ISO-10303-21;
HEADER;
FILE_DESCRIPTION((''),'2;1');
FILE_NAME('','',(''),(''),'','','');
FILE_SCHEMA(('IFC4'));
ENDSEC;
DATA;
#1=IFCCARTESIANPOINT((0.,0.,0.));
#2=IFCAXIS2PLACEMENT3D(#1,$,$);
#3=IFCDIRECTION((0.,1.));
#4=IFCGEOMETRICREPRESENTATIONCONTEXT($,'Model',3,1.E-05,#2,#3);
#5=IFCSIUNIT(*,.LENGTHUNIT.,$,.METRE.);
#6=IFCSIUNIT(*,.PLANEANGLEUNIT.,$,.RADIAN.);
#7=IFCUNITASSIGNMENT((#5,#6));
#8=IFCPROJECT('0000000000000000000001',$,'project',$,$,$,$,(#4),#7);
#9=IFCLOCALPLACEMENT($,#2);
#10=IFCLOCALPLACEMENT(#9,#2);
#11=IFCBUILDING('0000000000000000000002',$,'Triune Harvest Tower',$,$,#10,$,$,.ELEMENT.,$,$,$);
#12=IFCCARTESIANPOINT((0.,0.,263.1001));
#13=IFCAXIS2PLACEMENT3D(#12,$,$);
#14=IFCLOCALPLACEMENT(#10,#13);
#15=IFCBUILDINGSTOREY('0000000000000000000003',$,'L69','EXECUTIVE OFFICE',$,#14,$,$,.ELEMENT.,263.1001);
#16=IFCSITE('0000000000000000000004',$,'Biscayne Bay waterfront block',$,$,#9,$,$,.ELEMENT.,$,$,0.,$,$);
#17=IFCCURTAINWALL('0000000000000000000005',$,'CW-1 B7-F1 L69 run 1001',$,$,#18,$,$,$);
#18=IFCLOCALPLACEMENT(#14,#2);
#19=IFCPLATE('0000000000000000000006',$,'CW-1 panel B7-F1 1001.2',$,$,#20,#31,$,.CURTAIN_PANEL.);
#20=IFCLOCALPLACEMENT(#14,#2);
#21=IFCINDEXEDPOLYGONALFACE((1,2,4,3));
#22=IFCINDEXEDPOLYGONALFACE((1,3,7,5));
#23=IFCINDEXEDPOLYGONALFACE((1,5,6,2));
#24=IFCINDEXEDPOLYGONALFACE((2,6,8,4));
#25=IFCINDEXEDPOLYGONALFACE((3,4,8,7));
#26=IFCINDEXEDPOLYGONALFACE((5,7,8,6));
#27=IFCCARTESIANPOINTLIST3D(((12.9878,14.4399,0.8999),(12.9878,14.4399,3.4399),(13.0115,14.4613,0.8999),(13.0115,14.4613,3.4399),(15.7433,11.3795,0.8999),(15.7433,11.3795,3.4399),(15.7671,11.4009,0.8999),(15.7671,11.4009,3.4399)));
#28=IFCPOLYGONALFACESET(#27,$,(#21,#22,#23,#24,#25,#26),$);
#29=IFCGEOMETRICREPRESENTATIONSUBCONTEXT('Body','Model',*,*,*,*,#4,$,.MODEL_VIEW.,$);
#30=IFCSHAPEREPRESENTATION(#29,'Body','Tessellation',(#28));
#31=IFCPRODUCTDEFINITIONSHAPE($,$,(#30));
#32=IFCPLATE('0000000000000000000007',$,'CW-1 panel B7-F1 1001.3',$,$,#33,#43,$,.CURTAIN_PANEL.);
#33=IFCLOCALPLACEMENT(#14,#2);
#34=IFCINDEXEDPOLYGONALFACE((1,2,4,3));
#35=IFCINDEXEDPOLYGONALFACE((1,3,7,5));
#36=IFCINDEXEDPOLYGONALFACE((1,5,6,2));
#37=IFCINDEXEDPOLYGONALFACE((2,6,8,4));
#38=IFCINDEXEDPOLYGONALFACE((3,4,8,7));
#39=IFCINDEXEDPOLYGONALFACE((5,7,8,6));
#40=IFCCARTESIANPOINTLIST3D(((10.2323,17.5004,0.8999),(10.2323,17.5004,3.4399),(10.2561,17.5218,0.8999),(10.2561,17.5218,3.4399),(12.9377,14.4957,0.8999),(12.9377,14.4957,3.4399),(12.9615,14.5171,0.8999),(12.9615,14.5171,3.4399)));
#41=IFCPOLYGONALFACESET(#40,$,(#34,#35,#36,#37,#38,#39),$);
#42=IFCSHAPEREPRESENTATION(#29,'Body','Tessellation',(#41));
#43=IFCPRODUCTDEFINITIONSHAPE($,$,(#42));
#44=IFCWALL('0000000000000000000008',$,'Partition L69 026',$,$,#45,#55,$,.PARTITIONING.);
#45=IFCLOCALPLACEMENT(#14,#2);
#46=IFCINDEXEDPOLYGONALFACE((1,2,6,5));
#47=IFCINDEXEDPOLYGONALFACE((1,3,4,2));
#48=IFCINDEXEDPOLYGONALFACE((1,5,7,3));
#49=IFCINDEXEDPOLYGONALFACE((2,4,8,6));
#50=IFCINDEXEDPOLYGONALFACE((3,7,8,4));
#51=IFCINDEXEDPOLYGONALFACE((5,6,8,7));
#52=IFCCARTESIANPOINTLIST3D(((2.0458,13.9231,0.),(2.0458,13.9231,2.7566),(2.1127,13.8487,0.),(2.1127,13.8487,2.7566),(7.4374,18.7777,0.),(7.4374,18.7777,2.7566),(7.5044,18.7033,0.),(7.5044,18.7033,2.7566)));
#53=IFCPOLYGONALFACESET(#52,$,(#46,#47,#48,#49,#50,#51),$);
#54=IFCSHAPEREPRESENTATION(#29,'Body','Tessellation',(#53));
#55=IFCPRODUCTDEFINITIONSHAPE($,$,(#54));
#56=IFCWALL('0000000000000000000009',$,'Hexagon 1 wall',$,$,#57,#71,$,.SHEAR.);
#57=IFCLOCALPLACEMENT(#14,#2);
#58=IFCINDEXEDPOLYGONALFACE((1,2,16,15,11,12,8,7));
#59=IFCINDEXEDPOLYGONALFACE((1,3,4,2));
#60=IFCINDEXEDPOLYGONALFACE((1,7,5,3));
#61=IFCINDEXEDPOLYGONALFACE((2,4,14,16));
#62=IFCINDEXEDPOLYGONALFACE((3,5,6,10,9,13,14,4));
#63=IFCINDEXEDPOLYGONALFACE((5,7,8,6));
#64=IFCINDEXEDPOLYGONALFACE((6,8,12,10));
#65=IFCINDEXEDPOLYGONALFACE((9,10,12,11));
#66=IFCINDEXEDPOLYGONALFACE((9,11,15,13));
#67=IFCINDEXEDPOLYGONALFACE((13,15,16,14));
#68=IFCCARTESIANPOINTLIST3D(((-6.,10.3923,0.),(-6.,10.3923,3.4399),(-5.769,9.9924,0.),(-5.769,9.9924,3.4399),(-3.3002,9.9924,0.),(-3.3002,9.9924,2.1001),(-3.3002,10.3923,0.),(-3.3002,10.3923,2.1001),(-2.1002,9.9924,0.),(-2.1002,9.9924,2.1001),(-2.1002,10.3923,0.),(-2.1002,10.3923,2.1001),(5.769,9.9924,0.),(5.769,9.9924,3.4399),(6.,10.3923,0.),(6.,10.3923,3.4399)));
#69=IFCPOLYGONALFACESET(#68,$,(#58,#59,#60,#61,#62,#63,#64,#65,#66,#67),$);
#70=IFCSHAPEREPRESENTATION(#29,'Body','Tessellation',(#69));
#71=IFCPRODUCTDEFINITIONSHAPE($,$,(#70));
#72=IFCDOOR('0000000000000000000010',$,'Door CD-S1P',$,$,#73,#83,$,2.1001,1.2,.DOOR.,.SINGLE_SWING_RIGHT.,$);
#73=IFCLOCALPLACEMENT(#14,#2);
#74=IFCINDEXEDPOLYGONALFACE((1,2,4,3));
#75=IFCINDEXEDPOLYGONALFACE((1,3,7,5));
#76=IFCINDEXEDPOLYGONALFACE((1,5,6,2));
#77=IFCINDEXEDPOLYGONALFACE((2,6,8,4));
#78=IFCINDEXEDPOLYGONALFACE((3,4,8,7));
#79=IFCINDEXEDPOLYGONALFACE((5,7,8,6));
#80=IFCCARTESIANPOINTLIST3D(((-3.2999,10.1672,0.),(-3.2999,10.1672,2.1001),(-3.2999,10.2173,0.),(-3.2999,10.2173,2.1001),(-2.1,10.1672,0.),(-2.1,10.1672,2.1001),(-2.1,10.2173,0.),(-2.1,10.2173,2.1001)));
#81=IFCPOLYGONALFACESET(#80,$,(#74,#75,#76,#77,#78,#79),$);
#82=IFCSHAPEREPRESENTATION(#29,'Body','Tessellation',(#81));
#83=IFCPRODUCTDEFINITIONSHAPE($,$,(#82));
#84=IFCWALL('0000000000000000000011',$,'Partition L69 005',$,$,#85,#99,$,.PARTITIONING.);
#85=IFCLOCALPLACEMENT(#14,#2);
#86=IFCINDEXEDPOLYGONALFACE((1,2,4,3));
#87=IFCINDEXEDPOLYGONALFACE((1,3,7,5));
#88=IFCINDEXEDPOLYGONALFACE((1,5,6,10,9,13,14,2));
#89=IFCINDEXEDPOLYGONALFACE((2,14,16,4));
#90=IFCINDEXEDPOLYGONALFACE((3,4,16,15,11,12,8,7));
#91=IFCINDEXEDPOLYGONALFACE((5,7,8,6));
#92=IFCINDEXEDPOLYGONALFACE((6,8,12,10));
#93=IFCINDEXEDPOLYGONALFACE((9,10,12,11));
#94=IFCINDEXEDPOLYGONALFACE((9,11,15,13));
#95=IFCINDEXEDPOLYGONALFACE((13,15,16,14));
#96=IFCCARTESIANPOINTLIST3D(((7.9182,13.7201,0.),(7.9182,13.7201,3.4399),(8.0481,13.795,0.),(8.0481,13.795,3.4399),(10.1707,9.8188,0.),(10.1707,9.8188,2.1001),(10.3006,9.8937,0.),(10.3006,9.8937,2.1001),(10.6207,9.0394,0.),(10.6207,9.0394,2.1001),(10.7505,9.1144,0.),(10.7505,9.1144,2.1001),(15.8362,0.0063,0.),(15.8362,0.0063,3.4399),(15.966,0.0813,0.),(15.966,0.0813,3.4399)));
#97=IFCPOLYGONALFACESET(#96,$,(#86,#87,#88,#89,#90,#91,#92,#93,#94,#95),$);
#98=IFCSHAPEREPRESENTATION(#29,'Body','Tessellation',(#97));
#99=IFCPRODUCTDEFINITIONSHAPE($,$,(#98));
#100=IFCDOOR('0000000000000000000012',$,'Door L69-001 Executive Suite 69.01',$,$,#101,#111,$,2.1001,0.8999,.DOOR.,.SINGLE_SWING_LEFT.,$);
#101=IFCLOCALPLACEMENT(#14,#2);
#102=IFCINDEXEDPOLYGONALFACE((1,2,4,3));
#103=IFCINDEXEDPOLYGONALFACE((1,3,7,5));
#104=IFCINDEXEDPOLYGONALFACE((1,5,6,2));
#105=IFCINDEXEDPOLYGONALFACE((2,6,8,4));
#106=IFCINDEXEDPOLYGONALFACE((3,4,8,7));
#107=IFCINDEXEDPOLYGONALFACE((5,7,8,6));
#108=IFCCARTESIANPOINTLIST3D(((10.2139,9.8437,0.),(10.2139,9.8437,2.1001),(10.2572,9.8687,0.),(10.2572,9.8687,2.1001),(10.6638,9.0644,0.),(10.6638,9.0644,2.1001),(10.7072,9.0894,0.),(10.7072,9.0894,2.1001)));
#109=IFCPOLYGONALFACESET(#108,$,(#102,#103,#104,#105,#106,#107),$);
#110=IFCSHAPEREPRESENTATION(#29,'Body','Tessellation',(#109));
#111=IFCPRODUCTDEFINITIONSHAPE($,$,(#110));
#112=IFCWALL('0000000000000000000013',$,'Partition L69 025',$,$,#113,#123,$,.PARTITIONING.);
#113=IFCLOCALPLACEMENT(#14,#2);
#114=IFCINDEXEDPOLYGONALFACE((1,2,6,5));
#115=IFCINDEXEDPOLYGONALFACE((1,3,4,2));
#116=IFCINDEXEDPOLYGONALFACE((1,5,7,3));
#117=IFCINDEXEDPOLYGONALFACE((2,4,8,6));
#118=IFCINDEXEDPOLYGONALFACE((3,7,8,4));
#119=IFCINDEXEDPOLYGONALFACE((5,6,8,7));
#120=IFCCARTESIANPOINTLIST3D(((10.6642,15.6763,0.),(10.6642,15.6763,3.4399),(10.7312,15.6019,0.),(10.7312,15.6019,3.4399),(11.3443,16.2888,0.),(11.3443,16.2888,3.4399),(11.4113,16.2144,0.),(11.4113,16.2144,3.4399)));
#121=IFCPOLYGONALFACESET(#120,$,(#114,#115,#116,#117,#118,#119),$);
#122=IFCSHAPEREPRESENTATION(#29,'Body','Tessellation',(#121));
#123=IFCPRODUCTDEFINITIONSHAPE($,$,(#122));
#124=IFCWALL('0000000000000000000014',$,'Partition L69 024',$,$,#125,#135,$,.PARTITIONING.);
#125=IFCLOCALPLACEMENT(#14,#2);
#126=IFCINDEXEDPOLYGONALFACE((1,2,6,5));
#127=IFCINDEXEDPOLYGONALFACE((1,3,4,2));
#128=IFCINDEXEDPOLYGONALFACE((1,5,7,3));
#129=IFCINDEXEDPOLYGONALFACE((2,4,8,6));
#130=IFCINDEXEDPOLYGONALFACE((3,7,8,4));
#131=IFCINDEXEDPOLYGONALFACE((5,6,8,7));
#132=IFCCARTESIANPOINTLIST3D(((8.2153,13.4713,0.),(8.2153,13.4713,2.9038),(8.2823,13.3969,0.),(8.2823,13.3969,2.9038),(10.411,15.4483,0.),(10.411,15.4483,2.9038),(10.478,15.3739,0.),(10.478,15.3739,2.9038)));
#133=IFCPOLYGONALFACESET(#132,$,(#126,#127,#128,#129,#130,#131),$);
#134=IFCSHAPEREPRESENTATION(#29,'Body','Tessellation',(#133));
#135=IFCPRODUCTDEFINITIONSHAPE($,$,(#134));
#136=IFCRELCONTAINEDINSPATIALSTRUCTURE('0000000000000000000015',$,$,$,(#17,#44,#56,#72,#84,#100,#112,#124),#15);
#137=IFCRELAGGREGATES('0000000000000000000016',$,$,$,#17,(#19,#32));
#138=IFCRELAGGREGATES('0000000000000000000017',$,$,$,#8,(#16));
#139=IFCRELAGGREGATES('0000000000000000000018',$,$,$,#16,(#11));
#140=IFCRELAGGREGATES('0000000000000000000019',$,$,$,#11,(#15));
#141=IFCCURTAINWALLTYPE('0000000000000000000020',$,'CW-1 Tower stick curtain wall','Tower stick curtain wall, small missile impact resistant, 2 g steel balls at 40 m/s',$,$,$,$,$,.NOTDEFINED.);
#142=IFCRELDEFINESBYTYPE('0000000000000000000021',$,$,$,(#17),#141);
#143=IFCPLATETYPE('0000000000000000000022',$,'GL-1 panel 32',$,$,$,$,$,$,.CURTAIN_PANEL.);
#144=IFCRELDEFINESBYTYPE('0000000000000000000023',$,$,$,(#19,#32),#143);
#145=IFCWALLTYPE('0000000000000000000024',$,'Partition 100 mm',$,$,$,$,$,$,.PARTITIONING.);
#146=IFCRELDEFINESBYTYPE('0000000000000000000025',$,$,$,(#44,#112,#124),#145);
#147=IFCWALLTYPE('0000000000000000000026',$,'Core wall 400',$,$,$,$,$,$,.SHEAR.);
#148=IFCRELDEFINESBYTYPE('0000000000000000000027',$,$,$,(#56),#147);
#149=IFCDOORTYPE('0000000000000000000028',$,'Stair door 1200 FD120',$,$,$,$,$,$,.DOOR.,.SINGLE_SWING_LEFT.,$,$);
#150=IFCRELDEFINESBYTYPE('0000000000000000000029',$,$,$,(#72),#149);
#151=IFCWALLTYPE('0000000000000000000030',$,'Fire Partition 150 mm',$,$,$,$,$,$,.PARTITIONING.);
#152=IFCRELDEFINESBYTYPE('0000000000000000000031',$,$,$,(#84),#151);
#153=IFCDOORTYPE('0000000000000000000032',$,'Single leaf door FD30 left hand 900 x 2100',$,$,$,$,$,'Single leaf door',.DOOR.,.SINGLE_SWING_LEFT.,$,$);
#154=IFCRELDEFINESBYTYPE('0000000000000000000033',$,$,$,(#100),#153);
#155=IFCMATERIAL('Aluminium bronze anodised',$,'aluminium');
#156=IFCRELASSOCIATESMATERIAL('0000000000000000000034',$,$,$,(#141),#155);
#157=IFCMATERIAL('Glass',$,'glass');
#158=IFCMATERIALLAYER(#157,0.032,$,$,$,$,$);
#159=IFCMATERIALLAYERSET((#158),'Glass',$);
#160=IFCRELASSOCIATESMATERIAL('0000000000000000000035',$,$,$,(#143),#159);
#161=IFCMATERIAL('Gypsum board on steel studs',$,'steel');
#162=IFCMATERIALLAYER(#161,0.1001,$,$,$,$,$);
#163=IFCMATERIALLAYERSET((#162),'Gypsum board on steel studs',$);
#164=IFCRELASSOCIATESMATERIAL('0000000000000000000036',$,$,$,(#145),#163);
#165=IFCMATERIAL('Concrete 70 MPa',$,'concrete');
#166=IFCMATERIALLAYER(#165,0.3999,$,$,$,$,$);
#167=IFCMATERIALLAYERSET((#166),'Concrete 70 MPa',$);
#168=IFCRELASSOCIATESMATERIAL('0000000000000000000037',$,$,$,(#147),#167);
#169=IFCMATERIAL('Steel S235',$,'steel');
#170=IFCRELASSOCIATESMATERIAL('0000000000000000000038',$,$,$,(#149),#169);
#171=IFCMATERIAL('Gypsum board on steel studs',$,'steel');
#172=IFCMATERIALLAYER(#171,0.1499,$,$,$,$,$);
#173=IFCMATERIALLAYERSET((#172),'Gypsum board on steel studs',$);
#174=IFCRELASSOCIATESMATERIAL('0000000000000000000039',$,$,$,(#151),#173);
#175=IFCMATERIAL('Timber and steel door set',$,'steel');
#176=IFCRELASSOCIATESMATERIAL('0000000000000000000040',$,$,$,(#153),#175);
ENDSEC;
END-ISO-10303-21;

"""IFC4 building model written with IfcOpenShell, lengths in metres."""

from ifc_helpers import new_model, si_unit, direction, frame, frame_2d, origin, origin_2d, place, context, subcontext, project, spatial, polyline, rectangle, outline, extrude, source, transform, mapped, material, layer, layer_set, type_object, element, fill, aggregate, save


model = new_model("IFC4")

# Units and contexts
model_context = context("Model", 3, precision=1e-05, world=origin(), true_north=direction((0.0, 1.0)))
body_context = subcontext(model_context, "Body", "Model", "MODEL_VIEW")
ifc_project = project(units=[si_unit("LENGTHUNIT", "METRE"), si_unit("PLANEANGLEUNIT", "RADIAN")], contexts=[model_context])

# Site, building, storey
site_placement = place(None, origin())
site = spatial("IfcSite", under=ifc_project, at=site_placement, Name="Biscayne Bay waterfront block", CompositionType="ELEMENT", RefElevation=0.0)
building_placement = place(site_placement, origin())
building = spatial("IfcBuilding", under=site, at=building_placement, Name="Triune Harvest Tower", CompositionType="ELEMENT")
storey_placement = place(building_placement, frame((0.0, 0.0, 263.1001)))
storey = spatial("IfcBuildingStorey", under=building, at=storey_placement, Name="L69", Description="EXECUTIVE OFFICE", CompositionType="ELEMENT", Elevation=263.1001)

# Curtain wall, plates
ifc_material_1 = material(Name="Aluminium bronze anodised", Category="aluminium")
curtain_wall_type = type_object("IfcCurtainWallType", Name="CW-1 Tower stick curtain wall", Description="Tower stick curtain wall, small missile impact resistant, 2 g steel balls at 40 m/s", PredefinedType="NOTDEFINED", material=ifc_material_1)
curtain_wall_placement = place(storey_placement, origin())
curtain_wall = element("IfcCurtainWall", 1, at=curtain_wall_placement, inside=storey, type_object=curtain_wall_type, Name="CW-1 B7-F1 L69 run 1001")
ifc_material_2 = material(Name="Glass", Category="glass")
ifc_layer_1 = layer(ifc_material_2, 0.032)
ifc_layer_set_1 = layer_set([ifc_layer_1], Name="Glass")
plate_type = type_object("IfcPlateType", Name="GL-1 panel 32", PredefinedType="CURTAIN_PANEL", material=ifc_layer_set_1)
shared_shape_1 = source(origin(), body_context, "Body", "SweptSolid", [
    extrude(rectangle(XDim=4.1182, YDim=0.032, at=origin_2d()), origin(), (0.0, 0.0, 1.0), 2.54),
])
plate_1_placement = place(storey_placement, frame((14.3774, 12.9204, 0.8999), z_axis=(0.0, 0.0, 1.0), x_axis=(-0.669125, 0.74315, 0.0)))
plate_1 = element("IfcPlate", 2, at=plate_1_placement, type_object=plate_type, Name="CW-1 panel B7-F1 1001.2", PredefinedType="CURTAIN_PANEL", context=body_context, shape_type="MappedRepresentation", body=[
    mapped(shared_shape_1, transform((0.0, 0.0, 0.0), scale=1.0)),
])
shared_shape_2 = source(origin(), body_context, "Body", "SweptSolid", [
    extrude(rectangle(XDim=4.0432, YDim=0.032, at=origin_2d()), origin(), (0.0, 0.0, 1.0), 2.54),
])
plate_2_placement = place(storey_placement, frame((11.5969, 16.0088, 0.8999), z_axis=(0.0, 0.0, 1.0), x_axis=(-0.669125, 0.74315, 0.0)))
plate_2 = element("IfcPlate", 3, at=plate_2_placement, type_object=plate_type, Name="CW-1 panel B7-F1 1001.3", PredefinedType="CURTAIN_PANEL", context=body_context, shape_type="MappedRepresentation", body=[
    mapped(shared_shape_2, transform((0.0, 0.0, 0.0), scale=1.0)),
])
aggregate(curtain_wall, [plate_1, plate_2])

# Wall
ifc_material_3 = material(Name="Gypsum board on steel studs", Category="steel")
ifc_layer_2 = layer(ifc_material_3, 0.1001)
ifc_layer_set_2 = layer_set([ifc_layer_2], Name="Gypsum board on steel studs")
wall_type_1 = type_object("IfcWallType", Name="Partition 100 mm", PredefinedType="PARTITIONING", material=ifc_layer_set_2)
wall_1_placement = place(storey_placement, frame((2.0793, 13.886, 0.0), z_axis=(0.0, 0.0, 1.0), x_axis=(0.743154, 0.669121, 0.0)))
element("IfcWall", 4, at=wall_1_placement, inside=storey, type_object=wall_type_1, Name="Partition L69 026", PredefinedType="PARTITIONING", context=body_context, shape_type="SweptSolid", body=[
    extrude(rectangle(XDim=7.2551, YDim=0.1001, at=frame_2d((3.6274, 0.0))), origin(), (0.0, 0.0, 1.0), 2.7566),
])

# Walls, openings, doors
ifc_material_4 = material(Name="Concrete 70 MPa", Category="concrete")
ifc_layer_3 = layer(ifc_material_4, 0.3999)
ifc_layer_set_3 = layer_set([ifc_layer_3], Name="Concrete 70 MPa")
wall_type_2 = type_object("IfcWallType", Name="Core wall 400", PredefinedType="SHEAR", material=ifc_layer_set_3)
shared_shape_3 = source(origin(), body_context, "Body", "SweptSolid", [
    extrude(outline(polyline([(-0.1155, -0.2), (11.8845, -0.2), (11.6536, 0.2), (0.1155, 0.2), (-0.1155, -0.2)])), origin(), (0.0, 0.0, 1.0), 3.4399),
])
wall_2_placement = place(storey_placement, frame((5.8845, 10.1924, 0.0), z_axis=(0.0, 0.0, 1.0), x_axis=(-1.0, 0.0, 0.0)))
wall_2 = element("IfcWall", 5, at=wall_2_placement, inside=storey, type_object=wall_type_2, Name="Hexagon 1 wall", PredefinedType="SHEAR", context=body_context, shape_type="MappedRepresentation", body=[
    mapped(shared_shape_3, transform((0.0, 0.0, 0.0), scale=1.0)),
])
opening_1_placement = place(wall_2_placement, frame((7.9846, 0.0, 0.0)))
opening_1 = element("IfcOpeningElement", 6, at=opening_1_placement, cuts=wall_2, PredefinedType="OPENING", context=body_context, shape_type="SweptSolid", body=[
    extrude(rectangle(XDim=1.2, YDim=2.1001, at=frame_2d((0.6001, 1.05))), frame((0.0, 0.21, 0.0), z_axis=(0.0, -1.0, 0.0), x_axis=(1.0, 0.0, 0.0)), (0.0, 0.0, 1.0), 0.4199),
])
ifc_material_5 = material(Name="Steel S235", Category="steel")
door_type_1 = type_object("IfcDoorType", Name="Stair door 1200 FD120", OperationType="SINGLE_SWING_LEFT", PredefinedType="DOOR", material=ifc_material_5)
door_1_placement = place(opening_1_placement, frame((1.2, 0.0, 0.0), z_axis=(0.0, 0.0, 1.0), x_axis=(-1.0, 0.0, 0.0)))
door_1 = element("IfcDoor", 7, at=door_1_placement, inside=storey, type_object=door_type_1, Name="Door CD-S1P", OperationType="SINGLE_SWING_RIGHT", OverallHeight=2.1001, OverallWidth=1.2, PredefinedType="DOOR", context=body_context, shape_type="SweptSolid", body=[
    extrude(rectangle(XDim=1.2, YDim=2.1001, at=frame_2d((0.6001, 1.05))), frame((0.0, 0.0249, 0.0), z_axis=(0.0, -1.0, 0.0), x_axis=(1.0, 0.0, 0.0)), (0.0, 0.0, 1.0), 0.05),
])
fill(opening_1, door_1)
ifc_material_6 = material(Name="Gypsum board on steel studs", Category="steel")
ifc_layer_4 = layer(ifc_material_6, 0.1499)
ifc_layer_set_4 = layer_set([ifc_layer_4], Name="Gypsum board on steel studs")
wall_type_3 = type_object("IfcWallType", Name="Fire Partition 150 mm", PredefinedType="PARTITIONING", material=ifc_layer_set_4)
shared_shape_4 = source(origin(), body_context, "Body", "SweptSolid", [
    extrude(rectangle(XDim=15.8354, YDim=0.1499, at=frame_2d((7.9177, 0.0))), origin(), (0.0, 0.0, 1.0), 3.4399),
])
wall_3_placement = place(storey_placement, frame((7.9832, 13.7576, 0.0), z_axis=(0.0, 0.0, 1.0), x_axis=(0.500012, -0.866018, 0.0)))
wall_3 = element("IfcWall", 8, at=wall_3_placement, inside=storey, type_object=wall_type_3, Name="Partition L69 005", PredefinedType="PARTITIONING", context=body_context, shape_type="MappedRepresentation", body=[
    mapped(shared_shape_4, transform((0.0, 0.0, 0.0), scale=1.0)),
])
opening_2_placement = place(wall_3_placement, frame((4.5049, 0.0, 0.0)))
opening_2 = element("IfcOpeningElement", 9, at=opening_2_placement, cuts=wall_3, PredefinedType="OPENING", context=body_context, shape_type="SweptSolid", body=[
    extrude(rectangle(XDim=0.8999, YDim=2.1001, at=frame_2d((0.45, 1.05))), frame((0.0, 0.085, 0.0), z_axis=(0.0, -1.0, 0.0), x_axis=(1.0, 0.0, 0.0)), (0.0, 0.0, 1.0), 0.1699),
])
ifc_material_7 = material(Name="Timber and steel door set", Category="steel")
door_type_2 = type_object("IfcDoorType", Name="Single leaf door FD30 left hand 900 x 2100", ElementType="Single leaf door", OperationType="SINGLE_SWING_LEFT", PredefinedType="DOOR", material=ifc_material_7)
door_2_placement = place(opening_2_placement, origin())
door_2 = element("IfcDoor", 10, at=door_2_placement, inside=storey, type_object=door_type_2, Name="Door L69-001 Executive Suite 69.01", OperationType="SINGLE_SWING_LEFT", OverallHeight=2.1001, OverallWidth=0.8999, PredefinedType="DOOR", context=body_context, shape_type="SweptSolid", body=[
    extrude(rectangle(XDim=0.8999, YDim=2.1001, at=frame_2d((0.45, 1.05))), frame((0.0, 0.0249, 0.0), z_axis=(0.0, -1.0, 0.0), x_axis=(1.0, 0.0, 0.0)), (0.0, 0.0, 1.0), 0.05),
])
fill(opening_2, door_2)

# Walls
shared_shape_5 = source(origin(), body_context, "Body", "SweptSolid", [
    extrude(rectangle(XDim=0.9153, YDim=0.1001, at=frame_2d((0.4575, 0.0))), origin(), (0.0, 0.0, 1.0), 3.4399),
])
wall_4_placement = place(storey_placement, frame((10.6978, 15.6392, 0.0), z_axis=(0.0, 0.0, 1.0), x_axis=(0.743082, 0.6692, 0.0)))
element("IfcWall", 11, at=wall_4_placement, inside=storey, type_object=wall_type_1, Name="Partition L69 025", PredefinedType="PARTITIONING", context=body_context, shape_type="MappedRepresentation", body=[
    mapped(shared_shape_5, transform((0.0, 0.0, 0.0), scale=1.0)),
])
shared_shape_6 = source(origin(), body_context, "Body", "SweptSolid", [
    extrude(rectangle(XDim=2.9546, YDim=0.1001, at=frame_2d((1.4773, 0.0))), origin(), (0.0, 0.0, 1.0), 2.9038),
])
wall_5_placement = place(storey_placement, frame((8.2488, 13.4341, 0.0), z_axis=(0.0, 0.0, 1.0), x_axis=(0.743154, 0.66912, 0.0)))
element("IfcWall", 12, at=wall_5_placement, inside=storey, type_object=wall_type_1, Name="Partition L69 024", PredefinedType="PARTITIONING", context=body_context, shape_type="MappedRepresentation", body=[
    mapped(shared_shape_6, transform((0.0, 0.0, 0.0), scale=1.0)),
])

save(model, "model.ifc")
